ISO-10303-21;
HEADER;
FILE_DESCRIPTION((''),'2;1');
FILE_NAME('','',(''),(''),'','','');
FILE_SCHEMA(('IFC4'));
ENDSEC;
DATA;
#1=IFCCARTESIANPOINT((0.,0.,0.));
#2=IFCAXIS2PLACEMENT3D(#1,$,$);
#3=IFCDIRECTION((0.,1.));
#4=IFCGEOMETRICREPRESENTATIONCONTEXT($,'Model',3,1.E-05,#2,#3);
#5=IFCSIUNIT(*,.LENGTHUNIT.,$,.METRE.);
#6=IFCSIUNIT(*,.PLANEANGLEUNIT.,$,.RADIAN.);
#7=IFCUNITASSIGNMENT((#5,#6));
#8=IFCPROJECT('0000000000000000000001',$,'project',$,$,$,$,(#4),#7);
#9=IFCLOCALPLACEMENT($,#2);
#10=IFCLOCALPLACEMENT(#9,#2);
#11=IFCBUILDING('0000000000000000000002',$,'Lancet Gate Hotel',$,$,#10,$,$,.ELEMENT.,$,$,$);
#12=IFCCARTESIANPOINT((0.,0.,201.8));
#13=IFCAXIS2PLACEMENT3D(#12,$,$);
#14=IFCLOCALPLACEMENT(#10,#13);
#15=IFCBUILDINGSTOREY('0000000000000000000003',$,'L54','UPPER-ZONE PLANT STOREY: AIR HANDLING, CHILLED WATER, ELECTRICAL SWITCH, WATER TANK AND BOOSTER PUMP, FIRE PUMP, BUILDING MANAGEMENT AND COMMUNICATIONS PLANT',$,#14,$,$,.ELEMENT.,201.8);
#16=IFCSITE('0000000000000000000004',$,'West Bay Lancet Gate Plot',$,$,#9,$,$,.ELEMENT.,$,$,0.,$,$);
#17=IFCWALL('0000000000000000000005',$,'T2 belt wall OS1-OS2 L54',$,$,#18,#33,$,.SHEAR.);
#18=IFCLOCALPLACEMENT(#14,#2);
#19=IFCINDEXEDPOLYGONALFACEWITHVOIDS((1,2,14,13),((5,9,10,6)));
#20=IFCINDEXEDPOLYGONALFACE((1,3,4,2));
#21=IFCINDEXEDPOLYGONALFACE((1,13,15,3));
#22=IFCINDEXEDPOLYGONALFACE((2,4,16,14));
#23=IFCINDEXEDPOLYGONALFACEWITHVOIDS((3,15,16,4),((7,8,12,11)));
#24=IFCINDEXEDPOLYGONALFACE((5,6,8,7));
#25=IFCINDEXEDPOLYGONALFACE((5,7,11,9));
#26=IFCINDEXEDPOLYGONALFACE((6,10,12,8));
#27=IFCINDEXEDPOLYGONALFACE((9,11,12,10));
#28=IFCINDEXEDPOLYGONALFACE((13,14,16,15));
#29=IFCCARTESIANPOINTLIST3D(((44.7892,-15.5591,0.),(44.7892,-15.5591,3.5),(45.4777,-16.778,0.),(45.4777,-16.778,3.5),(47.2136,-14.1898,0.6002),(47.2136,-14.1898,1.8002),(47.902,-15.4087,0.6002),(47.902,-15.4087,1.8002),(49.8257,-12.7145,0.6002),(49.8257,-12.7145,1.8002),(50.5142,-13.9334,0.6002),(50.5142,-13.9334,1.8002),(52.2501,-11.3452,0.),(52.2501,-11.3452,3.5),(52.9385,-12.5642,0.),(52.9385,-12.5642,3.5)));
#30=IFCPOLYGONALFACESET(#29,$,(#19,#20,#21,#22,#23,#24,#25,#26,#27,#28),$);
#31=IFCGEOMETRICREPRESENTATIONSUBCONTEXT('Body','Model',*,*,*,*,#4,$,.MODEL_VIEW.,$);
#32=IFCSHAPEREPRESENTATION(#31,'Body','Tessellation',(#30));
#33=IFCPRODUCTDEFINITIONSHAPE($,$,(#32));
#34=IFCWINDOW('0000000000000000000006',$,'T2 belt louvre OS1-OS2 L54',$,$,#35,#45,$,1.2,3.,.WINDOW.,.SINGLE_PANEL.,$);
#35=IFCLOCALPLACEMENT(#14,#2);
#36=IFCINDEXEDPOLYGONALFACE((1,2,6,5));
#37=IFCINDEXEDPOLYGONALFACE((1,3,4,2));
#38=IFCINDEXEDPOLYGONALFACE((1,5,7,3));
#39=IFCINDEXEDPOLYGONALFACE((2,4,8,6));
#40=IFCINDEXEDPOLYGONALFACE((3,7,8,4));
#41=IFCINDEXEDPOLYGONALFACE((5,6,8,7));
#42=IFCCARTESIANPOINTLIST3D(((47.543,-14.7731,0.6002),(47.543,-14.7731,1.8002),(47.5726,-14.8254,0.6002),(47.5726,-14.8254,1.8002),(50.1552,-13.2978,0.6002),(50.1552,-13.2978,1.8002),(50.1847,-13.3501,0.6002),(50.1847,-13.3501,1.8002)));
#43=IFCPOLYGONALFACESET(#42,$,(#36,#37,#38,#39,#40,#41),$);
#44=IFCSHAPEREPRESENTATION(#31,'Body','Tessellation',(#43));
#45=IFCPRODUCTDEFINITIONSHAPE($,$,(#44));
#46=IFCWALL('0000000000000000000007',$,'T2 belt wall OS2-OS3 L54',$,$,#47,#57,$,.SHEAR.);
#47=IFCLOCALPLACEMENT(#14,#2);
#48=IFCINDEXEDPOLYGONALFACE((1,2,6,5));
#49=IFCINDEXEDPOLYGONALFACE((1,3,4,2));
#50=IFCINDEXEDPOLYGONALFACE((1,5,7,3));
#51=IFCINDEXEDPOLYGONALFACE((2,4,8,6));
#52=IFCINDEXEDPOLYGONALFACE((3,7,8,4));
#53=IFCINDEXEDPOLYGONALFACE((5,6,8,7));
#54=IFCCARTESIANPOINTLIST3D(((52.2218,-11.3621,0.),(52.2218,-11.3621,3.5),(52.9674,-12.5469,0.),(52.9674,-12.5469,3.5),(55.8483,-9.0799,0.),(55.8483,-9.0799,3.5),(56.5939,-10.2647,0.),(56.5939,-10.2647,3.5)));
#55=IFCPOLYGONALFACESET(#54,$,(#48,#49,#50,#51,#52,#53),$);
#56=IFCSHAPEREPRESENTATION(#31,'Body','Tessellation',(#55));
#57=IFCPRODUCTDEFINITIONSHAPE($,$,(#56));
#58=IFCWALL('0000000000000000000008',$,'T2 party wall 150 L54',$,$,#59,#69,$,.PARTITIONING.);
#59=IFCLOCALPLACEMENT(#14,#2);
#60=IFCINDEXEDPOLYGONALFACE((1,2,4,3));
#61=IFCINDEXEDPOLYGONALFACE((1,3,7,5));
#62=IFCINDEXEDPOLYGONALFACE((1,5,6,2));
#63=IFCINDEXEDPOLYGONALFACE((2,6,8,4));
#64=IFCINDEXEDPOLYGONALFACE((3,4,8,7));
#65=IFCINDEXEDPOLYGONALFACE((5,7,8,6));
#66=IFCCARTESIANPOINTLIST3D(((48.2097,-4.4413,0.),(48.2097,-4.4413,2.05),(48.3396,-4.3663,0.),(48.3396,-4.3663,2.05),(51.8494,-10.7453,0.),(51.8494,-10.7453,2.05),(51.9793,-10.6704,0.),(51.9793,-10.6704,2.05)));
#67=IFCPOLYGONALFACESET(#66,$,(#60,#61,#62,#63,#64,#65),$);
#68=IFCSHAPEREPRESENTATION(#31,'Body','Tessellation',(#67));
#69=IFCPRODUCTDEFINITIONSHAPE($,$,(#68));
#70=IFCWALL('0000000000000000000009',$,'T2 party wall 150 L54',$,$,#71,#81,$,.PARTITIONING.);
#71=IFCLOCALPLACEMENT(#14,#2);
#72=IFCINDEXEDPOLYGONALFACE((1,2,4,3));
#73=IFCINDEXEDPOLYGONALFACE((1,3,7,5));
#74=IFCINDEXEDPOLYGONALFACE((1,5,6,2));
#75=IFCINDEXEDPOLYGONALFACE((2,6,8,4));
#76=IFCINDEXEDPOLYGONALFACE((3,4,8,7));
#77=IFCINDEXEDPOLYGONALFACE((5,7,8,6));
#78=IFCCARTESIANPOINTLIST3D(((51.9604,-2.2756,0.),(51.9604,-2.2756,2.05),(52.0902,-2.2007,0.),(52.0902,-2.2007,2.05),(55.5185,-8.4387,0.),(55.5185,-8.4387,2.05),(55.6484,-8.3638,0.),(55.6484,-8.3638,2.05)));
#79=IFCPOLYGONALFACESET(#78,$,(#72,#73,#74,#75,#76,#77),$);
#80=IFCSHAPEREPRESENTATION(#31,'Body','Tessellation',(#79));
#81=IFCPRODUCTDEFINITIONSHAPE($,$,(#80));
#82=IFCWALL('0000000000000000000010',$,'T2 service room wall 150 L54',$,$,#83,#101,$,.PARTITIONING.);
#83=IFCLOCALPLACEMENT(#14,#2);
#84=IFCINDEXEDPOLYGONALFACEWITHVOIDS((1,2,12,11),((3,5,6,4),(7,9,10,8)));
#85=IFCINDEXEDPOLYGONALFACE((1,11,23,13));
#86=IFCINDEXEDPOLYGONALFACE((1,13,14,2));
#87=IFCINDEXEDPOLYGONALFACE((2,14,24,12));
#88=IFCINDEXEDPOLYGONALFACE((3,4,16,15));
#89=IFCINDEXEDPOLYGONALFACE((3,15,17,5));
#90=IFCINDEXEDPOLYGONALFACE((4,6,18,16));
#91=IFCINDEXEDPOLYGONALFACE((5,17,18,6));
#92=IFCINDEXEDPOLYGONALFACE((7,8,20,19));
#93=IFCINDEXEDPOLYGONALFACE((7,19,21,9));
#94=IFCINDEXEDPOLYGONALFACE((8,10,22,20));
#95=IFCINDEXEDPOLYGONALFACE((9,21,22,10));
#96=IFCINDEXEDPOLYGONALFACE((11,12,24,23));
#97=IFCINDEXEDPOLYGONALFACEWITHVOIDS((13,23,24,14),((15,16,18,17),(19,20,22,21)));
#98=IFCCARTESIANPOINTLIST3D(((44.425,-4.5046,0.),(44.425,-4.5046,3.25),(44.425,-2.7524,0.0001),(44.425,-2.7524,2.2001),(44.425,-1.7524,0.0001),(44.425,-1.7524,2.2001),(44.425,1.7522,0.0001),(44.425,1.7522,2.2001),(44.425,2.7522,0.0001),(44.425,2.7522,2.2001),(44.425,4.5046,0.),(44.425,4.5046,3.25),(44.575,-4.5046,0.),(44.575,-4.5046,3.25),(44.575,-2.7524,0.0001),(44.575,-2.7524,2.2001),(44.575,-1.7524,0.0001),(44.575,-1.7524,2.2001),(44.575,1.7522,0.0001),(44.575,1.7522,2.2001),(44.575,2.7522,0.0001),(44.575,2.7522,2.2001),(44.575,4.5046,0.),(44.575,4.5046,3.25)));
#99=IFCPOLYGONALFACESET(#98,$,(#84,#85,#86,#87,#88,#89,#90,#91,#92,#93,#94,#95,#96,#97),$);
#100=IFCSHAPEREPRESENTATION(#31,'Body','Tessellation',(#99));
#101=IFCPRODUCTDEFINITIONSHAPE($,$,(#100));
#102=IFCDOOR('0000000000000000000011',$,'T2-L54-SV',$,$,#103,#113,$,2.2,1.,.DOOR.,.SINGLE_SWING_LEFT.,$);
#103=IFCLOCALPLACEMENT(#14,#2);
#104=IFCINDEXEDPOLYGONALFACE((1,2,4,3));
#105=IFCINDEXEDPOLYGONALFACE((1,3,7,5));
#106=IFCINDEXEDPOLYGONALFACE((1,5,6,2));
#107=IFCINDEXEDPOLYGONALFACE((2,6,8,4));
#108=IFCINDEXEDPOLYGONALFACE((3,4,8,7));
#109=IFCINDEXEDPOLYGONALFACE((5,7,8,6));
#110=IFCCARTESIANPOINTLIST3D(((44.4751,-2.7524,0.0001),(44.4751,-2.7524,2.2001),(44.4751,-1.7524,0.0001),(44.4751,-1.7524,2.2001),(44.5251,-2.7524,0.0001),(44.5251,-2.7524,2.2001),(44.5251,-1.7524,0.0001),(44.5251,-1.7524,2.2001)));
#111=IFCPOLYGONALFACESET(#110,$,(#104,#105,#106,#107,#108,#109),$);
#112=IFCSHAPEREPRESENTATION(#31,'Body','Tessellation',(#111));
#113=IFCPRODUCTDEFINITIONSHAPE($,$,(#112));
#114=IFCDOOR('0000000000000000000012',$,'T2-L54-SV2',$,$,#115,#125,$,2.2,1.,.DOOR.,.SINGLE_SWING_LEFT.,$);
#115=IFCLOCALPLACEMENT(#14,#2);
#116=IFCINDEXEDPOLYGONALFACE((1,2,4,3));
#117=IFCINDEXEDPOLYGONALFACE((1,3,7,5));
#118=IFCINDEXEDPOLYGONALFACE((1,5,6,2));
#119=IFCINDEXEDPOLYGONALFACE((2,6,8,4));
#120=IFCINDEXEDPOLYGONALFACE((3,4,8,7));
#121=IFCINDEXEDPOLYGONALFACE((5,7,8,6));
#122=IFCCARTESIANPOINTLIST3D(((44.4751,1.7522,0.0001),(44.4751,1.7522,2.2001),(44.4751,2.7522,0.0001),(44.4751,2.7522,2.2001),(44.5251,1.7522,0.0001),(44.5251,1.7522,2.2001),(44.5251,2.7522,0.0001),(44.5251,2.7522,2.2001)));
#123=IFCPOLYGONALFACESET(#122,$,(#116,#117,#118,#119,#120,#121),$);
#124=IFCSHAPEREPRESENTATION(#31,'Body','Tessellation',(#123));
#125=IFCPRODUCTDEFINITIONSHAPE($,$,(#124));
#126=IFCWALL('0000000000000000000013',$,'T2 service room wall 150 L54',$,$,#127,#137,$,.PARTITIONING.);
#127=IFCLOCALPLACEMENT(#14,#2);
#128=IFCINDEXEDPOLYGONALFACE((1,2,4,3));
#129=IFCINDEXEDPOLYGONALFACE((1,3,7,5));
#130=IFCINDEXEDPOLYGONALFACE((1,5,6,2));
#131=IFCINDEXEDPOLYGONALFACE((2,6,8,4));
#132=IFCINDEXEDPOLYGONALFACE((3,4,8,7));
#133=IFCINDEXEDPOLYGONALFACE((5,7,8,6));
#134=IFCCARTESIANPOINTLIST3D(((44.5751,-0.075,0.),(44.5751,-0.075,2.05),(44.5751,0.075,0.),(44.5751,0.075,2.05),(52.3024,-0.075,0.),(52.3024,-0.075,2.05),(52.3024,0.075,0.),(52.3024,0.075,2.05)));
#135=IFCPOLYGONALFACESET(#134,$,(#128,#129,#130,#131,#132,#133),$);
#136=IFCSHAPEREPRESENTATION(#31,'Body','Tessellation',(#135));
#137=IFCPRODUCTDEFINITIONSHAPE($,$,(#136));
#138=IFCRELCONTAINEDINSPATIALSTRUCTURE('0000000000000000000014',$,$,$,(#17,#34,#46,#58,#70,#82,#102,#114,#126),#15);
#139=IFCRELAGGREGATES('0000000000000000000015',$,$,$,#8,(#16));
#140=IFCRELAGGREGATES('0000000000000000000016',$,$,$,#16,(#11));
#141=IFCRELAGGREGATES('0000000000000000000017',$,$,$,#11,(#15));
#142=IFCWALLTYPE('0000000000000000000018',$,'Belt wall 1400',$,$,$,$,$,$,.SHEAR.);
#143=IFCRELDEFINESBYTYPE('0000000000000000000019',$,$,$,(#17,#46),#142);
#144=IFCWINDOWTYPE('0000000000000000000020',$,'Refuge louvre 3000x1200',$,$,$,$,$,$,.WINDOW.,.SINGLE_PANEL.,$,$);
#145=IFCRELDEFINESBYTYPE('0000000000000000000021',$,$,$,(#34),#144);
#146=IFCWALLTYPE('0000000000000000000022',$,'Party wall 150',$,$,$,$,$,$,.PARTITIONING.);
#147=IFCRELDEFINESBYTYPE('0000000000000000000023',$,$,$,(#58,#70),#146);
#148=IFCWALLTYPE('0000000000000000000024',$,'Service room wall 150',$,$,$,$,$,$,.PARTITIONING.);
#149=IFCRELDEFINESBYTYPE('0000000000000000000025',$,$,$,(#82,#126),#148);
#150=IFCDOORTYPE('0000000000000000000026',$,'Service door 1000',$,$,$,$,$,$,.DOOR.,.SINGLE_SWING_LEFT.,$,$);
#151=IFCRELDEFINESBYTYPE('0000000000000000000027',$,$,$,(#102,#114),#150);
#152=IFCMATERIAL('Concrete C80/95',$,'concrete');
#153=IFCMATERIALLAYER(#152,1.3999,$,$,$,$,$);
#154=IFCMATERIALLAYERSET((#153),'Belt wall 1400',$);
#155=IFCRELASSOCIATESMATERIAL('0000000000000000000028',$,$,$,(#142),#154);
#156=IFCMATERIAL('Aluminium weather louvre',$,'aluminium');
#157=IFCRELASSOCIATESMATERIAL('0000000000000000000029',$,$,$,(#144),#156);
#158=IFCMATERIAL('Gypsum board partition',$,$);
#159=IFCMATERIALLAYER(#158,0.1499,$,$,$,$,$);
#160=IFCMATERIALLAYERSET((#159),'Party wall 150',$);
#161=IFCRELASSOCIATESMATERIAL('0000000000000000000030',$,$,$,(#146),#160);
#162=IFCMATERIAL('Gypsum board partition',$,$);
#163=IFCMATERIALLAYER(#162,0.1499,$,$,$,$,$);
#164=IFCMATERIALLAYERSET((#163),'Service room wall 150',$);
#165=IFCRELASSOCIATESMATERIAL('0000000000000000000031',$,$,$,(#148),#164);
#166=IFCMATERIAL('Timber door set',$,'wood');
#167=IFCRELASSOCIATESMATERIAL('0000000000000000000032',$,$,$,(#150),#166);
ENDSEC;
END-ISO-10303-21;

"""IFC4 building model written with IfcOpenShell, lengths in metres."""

from ifc_helpers import new_model, si_unit, direction, frame, frame_2d, origin, place, context, subcontext, project, spatial, rectangle, extrude, material, layer, layer_set, type_object, element, fill, save


model = new_model("IFC4")

# Units and contexts
model_context = context("Model", 3, precision=1e-05, world=origin(), true_north=direction((0.0, 1.0)))
body_context = subcontext(model_context, "Body", "Model", "MODEL_VIEW")
ifc_project = project(units=[si_unit("LENGTHUNIT", "METRE"), si_unit("PLANEANGLEUNIT", "RADIAN")], contexts=[model_context])

# Site, building, storey
site_placement = place(None, origin())
site = spatial("IfcSite", under=ifc_project, at=site_placement, Name="West Bay Lancet Gate Plot", CompositionType="ELEMENT", RefElevation=0.0)
building_placement = place(site_placement, origin())
building = spatial("IfcBuilding", under=site, at=building_placement, Name="Lancet Gate Hotel", CompositionType="ELEMENT")
storey_placement = place(building_placement, frame((0.0, 0.0, 201.8)))
storey = spatial("IfcBuildingStorey", under=building, at=storey_placement, Name="L54", Description="UPPER-ZONE PLANT STOREY: AIR HANDLING, CHILLED WATER, ELECTRICAL SWITCH, WATER TANK AND BOOSTER PUMP, FIRE PUMP, BUILDING MANAGEMENT AND COMMUNICATIONS PLANT", CompositionType="ELEMENT", Elevation=201.8)

# Wall, opening, window
ifc_material_1 = material(Name="Concrete C80/95", Category="concrete")
ifc_layer_1 = layer(ifc_material_1, 1.3999)
ifc_layer_set_1 = layer_set([ifc_layer_1], Name="Belt wall 1400")
wall_type_1 = type_object("IfcWallType", Name="Belt wall 1400", PredefinedType="SHEAR", material=ifc_layer_set_1)
wall_1_placement = place(storey_placement, frame((45.1335, -16.1685, 0.0), z_axis=(0.0, 0.0, 1.0), x_axis=(0.870722, 0.491776, 0.0)))
wall_1 = element("IfcWall", 1, at=wall_1_placement, inside=storey, type_object=wall_type_1, Name="T2 belt wall OS1-OS2 L54", PredefinedType="SHEAR", context=body_context, shape_type="SweptSolid", body=[
    extrude(rectangle(XDim=8.5686, YDim=1.3999, at=frame_2d((4.2842, 0.0))), origin(), (0.0, 0.0, 1.0), 3.5),
])
opening_1_placement = place(wall_1_placement, frame((2.7842, 0.0, 0.6001)))
opening_1 = element("IfcOpeningElement", 2, at=opening_1_placement, cuts=wall_1, PredefinedType="OPENING", context=body_context, shape_type="SweptSolid", body=[
    extrude(rectangle(XDim=3.0, YDim=1.2, at=frame_2d((1.5, 0.6001))), frame((0.0, 0.71, 0.0), z_axis=(0.0, -1.0, 0.0), x_axis=(1.0, 0.0, 0.0)), (0.0, 0.0, 1.0), 1.4199),
])
ifc_material_2 = material(Name="Aluminium weather louvre", Category="aluminium")
window_type = type_object("IfcWindowType", Name="Refuge louvre 3000x1200", PartitioningType="SINGLE_PANEL", PredefinedType="WINDOW", material=ifc_material_2)
window_placement = place(opening_1_placement, origin())
window = element("IfcWindow", 3, at=window_placement, inside=storey, type_object=window_type, Name="T2 belt louvre OS1-OS2 L54", OverallHeight=1.2, OverallWidth=3.0, PartitioningType="SINGLE_PANEL", PredefinedType="WINDOW", context=body_context, shape_type="SweptSolid", body=[
    extrude(rectangle(XDim=3.0, YDim=1.2, at=frame_2d((1.5, 0.6001))), frame((0.0, 0.03, 0.0), z_axis=(0.0, -1.0, 0.0), x_axis=(1.0, 0.0, 0.0)), (0.0, 0.0, 1.0), 0.0601),
])
fill(opening_1, window)

# Walls
wall_2_placement = place(storey_placement, frame((52.5945, -11.9546, 0.0), z_axis=(0.0, 0.0, 1.0), x_axis=(0.846349, 0.532629, 0.0)))
element("IfcWall", 4, at=wall_2_placement, inside=storey, type_object=wall_type_1, Name="T2 belt wall OS2-OS3 L54", PredefinedType="SHEAR", context=body_context, shape_type="SweptSolid", body=[
    extrude(rectangle(XDim=4.2849, YDim=1.3999, at=frame_2d((2.1426, 0.0))), origin(), (0.0, 0.0, 1.0), 3.5),
])
ifc_material_3 = material(Name="Gypsum board partition")
ifc_layer_2 = layer(ifc_material_3, 0.1499)
ifc_layer_set_2 = layer_set([ifc_layer_2], Name="Party wall 150")
wall_type_2 = type_object("IfcWallType", Name="Party wall 150", PredefinedType="PARTITIONING", material=ifc_layer_set_2)
wall_3_placement = place(storey_placement, frame((48.2747, -4.4038, 0.0), z_axis=(0.0, 0.0, 1.0), x_axis=(0.500006, -0.866022, 0.0)))
element("IfcWall", 5, at=wall_3_placement, inside=storey, type_object=wall_type_2, Name="T2 party wall 150 L54", PredefinedType="PARTITIONING", context=body_context, shape_type="SweptSolid", body=[
    extrude(rectangle(XDim=7.2793, YDim=0.1499, at=frame_2d((3.6396, 0.0))), origin(), (0.0, 0.0, 1.0), 2.05),
])
wall_4_placement = place(storey_placement, frame((52.0254, -2.2383, 0.0), z_axis=(0.0, 0.0, 1.0), x_axis=(0.499984, -0.866035, 0.0)))
element("IfcWall", 6, at=wall_4_placement, inside=storey, type_object=wall_type_2, Name="T2 party wall 150 L54", PredefinedType="PARTITIONING", context=body_context, shape_type="SweptSolid", body=[
    extrude(rectangle(XDim=7.1165, YDim=0.1499, at=frame_2d((3.5581, 0.0))), origin(), (0.0, 0.0, 1.0), 2.05),
])

# Wall, openings, doors
ifc_material_4 = material(Name="Gypsum board partition")
ifc_layer_3 = layer(ifc_material_4, 0.1499)
ifc_layer_set_3 = layer_set([ifc_layer_3], Name="Service room wall 150")
wall_type_3 = type_object("IfcWallType", Name="Service room wall 150", PredefinedType="PARTITIONING", material=ifc_layer_set_3)
wall_5_placement = place(storey_placement, frame((44.5, -4.5046, 0.0), z_axis=(0.0, 0.0, 1.0), x_axis=(0.0, 1.0, 0.0)))
wall_5 = element("IfcWall", 7, at=wall_5_placement, inside=storey, type_object=wall_type_3, Name="T2 service room wall 150 L54", PredefinedType="PARTITIONING", context=body_context, shape_type="SweptSolid", body=[
    extrude(rectangle(XDim=9.0093, YDim=0.1499, at=frame_2d((4.5046, 0.0))), origin(), (0.0, 0.0, 1.0), 3.25),
])
opening_2_placement = place(wall_5_placement, frame((1.7522, 0.0, 0.0)))
opening_2 = element("IfcOpeningElement", 8, at=opening_2_placement, cuts=wall_5, PredefinedType="OPENING", context=body_context, shape_type="SweptSolid", body=[
    extrude(rectangle(XDim=1.0, YDim=2.2, at=frame_2d((0.5, 1.1001))), frame((0.0, 0.085, 0.0), z_axis=(0.0, -1.0, 0.0), x_axis=(1.0, 0.0, 0.0)), (0.0, 0.0, 1.0), 0.1699),
])
opening_3_placement = place(wall_5_placement, frame((6.2568, 0.0, 0.0)))
opening_3 = element("IfcOpeningElement", 9, at=opening_3_placement, cuts=wall_5, PredefinedType="OPENING", context=body_context, shape_type="SweptSolid", body=[
    extrude(rectangle(XDim=1.0, YDim=2.2, at=frame_2d((0.5, 1.1001))), frame((0.0, 0.085, 0.0), z_axis=(0.0, -1.0, 0.0), x_axis=(1.0, 0.0, 0.0)), (0.0, 0.0, 1.0), 0.1699),
])
ifc_material_5 = material(Name="Timber door set", Category="wood")
door_type = type_object("IfcDoorType", Name="Service door 1000", OperationType="SINGLE_SWING_LEFT", PredefinedType="DOOR", material=ifc_material_5)
door_1_placement = place(opening_2_placement, origin())
door_1 = element("IfcDoor", 10, at=door_1_placement, inside=storey, type_object=door_type, Name="T2-L54-SV", OperationType="SINGLE_SWING_LEFT", OverallHeight=2.2, OverallWidth=1.0, PredefinedType="DOOR", context=body_context, shape_type="SweptSolid", body=[
    extrude(rectangle(XDim=1.0, YDim=2.2, at=frame_2d((0.5, 1.1001))), frame((0.0, 0.0249, 0.0), z_axis=(0.0, -1.0, 0.0), x_axis=(1.0, 0.0, 0.0)), (0.0, 0.0, 1.0), 0.05),
])
fill(opening_2, door_1)
door_2_placement = place(opening_3_placement, origin())
door_2 = element("IfcDoor", 11, at=door_2_placement, inside=storey, type_object=door_type, Name="T2-L54-SV2", OperationType="SINGLE_SWING_LEFT", OverallHeight=2.2, OverallWidth=1.0, PredefinedType="DOOR", context=body_context, shape_type="SweptSolid", body=[
    extrude(rectangle(XDim=1.0, YDim=2.2, at=frame_2d((0.5, 1.1001))), frame((0.0, 0.0249, 0.0), z_axis=(0.0, -1.0, 0.0), x_axis=(1.0, 0.0, 0.0)), (0.0, 0.0, 1.0), 0.05),
])
fill(opening_3, door_2)

# Wall
wall_6_placement = place(storey_placement, frame((44.575, 0.0, 0.0), z_axis=(0.0, 0.0, 1.0), x_axis=(1.0, 0.0, 0.0)))
element("IfcWall", 12, at=wall_6_placement, inside=storey, type_object=wall_type_3, Name="T2 service room wall 150 L54", PredefinedType="PARTITIONING", context=body_context, shape_type="SweptSolid", body=[
    extrude(rectangle(XDim=7.7273, YDim=0.1499, at=frame_2d((3.8638, 0.0))), origin(), (0.0, 0.0, 1.0), 2.05),
])

save(model, "model.ifc")
